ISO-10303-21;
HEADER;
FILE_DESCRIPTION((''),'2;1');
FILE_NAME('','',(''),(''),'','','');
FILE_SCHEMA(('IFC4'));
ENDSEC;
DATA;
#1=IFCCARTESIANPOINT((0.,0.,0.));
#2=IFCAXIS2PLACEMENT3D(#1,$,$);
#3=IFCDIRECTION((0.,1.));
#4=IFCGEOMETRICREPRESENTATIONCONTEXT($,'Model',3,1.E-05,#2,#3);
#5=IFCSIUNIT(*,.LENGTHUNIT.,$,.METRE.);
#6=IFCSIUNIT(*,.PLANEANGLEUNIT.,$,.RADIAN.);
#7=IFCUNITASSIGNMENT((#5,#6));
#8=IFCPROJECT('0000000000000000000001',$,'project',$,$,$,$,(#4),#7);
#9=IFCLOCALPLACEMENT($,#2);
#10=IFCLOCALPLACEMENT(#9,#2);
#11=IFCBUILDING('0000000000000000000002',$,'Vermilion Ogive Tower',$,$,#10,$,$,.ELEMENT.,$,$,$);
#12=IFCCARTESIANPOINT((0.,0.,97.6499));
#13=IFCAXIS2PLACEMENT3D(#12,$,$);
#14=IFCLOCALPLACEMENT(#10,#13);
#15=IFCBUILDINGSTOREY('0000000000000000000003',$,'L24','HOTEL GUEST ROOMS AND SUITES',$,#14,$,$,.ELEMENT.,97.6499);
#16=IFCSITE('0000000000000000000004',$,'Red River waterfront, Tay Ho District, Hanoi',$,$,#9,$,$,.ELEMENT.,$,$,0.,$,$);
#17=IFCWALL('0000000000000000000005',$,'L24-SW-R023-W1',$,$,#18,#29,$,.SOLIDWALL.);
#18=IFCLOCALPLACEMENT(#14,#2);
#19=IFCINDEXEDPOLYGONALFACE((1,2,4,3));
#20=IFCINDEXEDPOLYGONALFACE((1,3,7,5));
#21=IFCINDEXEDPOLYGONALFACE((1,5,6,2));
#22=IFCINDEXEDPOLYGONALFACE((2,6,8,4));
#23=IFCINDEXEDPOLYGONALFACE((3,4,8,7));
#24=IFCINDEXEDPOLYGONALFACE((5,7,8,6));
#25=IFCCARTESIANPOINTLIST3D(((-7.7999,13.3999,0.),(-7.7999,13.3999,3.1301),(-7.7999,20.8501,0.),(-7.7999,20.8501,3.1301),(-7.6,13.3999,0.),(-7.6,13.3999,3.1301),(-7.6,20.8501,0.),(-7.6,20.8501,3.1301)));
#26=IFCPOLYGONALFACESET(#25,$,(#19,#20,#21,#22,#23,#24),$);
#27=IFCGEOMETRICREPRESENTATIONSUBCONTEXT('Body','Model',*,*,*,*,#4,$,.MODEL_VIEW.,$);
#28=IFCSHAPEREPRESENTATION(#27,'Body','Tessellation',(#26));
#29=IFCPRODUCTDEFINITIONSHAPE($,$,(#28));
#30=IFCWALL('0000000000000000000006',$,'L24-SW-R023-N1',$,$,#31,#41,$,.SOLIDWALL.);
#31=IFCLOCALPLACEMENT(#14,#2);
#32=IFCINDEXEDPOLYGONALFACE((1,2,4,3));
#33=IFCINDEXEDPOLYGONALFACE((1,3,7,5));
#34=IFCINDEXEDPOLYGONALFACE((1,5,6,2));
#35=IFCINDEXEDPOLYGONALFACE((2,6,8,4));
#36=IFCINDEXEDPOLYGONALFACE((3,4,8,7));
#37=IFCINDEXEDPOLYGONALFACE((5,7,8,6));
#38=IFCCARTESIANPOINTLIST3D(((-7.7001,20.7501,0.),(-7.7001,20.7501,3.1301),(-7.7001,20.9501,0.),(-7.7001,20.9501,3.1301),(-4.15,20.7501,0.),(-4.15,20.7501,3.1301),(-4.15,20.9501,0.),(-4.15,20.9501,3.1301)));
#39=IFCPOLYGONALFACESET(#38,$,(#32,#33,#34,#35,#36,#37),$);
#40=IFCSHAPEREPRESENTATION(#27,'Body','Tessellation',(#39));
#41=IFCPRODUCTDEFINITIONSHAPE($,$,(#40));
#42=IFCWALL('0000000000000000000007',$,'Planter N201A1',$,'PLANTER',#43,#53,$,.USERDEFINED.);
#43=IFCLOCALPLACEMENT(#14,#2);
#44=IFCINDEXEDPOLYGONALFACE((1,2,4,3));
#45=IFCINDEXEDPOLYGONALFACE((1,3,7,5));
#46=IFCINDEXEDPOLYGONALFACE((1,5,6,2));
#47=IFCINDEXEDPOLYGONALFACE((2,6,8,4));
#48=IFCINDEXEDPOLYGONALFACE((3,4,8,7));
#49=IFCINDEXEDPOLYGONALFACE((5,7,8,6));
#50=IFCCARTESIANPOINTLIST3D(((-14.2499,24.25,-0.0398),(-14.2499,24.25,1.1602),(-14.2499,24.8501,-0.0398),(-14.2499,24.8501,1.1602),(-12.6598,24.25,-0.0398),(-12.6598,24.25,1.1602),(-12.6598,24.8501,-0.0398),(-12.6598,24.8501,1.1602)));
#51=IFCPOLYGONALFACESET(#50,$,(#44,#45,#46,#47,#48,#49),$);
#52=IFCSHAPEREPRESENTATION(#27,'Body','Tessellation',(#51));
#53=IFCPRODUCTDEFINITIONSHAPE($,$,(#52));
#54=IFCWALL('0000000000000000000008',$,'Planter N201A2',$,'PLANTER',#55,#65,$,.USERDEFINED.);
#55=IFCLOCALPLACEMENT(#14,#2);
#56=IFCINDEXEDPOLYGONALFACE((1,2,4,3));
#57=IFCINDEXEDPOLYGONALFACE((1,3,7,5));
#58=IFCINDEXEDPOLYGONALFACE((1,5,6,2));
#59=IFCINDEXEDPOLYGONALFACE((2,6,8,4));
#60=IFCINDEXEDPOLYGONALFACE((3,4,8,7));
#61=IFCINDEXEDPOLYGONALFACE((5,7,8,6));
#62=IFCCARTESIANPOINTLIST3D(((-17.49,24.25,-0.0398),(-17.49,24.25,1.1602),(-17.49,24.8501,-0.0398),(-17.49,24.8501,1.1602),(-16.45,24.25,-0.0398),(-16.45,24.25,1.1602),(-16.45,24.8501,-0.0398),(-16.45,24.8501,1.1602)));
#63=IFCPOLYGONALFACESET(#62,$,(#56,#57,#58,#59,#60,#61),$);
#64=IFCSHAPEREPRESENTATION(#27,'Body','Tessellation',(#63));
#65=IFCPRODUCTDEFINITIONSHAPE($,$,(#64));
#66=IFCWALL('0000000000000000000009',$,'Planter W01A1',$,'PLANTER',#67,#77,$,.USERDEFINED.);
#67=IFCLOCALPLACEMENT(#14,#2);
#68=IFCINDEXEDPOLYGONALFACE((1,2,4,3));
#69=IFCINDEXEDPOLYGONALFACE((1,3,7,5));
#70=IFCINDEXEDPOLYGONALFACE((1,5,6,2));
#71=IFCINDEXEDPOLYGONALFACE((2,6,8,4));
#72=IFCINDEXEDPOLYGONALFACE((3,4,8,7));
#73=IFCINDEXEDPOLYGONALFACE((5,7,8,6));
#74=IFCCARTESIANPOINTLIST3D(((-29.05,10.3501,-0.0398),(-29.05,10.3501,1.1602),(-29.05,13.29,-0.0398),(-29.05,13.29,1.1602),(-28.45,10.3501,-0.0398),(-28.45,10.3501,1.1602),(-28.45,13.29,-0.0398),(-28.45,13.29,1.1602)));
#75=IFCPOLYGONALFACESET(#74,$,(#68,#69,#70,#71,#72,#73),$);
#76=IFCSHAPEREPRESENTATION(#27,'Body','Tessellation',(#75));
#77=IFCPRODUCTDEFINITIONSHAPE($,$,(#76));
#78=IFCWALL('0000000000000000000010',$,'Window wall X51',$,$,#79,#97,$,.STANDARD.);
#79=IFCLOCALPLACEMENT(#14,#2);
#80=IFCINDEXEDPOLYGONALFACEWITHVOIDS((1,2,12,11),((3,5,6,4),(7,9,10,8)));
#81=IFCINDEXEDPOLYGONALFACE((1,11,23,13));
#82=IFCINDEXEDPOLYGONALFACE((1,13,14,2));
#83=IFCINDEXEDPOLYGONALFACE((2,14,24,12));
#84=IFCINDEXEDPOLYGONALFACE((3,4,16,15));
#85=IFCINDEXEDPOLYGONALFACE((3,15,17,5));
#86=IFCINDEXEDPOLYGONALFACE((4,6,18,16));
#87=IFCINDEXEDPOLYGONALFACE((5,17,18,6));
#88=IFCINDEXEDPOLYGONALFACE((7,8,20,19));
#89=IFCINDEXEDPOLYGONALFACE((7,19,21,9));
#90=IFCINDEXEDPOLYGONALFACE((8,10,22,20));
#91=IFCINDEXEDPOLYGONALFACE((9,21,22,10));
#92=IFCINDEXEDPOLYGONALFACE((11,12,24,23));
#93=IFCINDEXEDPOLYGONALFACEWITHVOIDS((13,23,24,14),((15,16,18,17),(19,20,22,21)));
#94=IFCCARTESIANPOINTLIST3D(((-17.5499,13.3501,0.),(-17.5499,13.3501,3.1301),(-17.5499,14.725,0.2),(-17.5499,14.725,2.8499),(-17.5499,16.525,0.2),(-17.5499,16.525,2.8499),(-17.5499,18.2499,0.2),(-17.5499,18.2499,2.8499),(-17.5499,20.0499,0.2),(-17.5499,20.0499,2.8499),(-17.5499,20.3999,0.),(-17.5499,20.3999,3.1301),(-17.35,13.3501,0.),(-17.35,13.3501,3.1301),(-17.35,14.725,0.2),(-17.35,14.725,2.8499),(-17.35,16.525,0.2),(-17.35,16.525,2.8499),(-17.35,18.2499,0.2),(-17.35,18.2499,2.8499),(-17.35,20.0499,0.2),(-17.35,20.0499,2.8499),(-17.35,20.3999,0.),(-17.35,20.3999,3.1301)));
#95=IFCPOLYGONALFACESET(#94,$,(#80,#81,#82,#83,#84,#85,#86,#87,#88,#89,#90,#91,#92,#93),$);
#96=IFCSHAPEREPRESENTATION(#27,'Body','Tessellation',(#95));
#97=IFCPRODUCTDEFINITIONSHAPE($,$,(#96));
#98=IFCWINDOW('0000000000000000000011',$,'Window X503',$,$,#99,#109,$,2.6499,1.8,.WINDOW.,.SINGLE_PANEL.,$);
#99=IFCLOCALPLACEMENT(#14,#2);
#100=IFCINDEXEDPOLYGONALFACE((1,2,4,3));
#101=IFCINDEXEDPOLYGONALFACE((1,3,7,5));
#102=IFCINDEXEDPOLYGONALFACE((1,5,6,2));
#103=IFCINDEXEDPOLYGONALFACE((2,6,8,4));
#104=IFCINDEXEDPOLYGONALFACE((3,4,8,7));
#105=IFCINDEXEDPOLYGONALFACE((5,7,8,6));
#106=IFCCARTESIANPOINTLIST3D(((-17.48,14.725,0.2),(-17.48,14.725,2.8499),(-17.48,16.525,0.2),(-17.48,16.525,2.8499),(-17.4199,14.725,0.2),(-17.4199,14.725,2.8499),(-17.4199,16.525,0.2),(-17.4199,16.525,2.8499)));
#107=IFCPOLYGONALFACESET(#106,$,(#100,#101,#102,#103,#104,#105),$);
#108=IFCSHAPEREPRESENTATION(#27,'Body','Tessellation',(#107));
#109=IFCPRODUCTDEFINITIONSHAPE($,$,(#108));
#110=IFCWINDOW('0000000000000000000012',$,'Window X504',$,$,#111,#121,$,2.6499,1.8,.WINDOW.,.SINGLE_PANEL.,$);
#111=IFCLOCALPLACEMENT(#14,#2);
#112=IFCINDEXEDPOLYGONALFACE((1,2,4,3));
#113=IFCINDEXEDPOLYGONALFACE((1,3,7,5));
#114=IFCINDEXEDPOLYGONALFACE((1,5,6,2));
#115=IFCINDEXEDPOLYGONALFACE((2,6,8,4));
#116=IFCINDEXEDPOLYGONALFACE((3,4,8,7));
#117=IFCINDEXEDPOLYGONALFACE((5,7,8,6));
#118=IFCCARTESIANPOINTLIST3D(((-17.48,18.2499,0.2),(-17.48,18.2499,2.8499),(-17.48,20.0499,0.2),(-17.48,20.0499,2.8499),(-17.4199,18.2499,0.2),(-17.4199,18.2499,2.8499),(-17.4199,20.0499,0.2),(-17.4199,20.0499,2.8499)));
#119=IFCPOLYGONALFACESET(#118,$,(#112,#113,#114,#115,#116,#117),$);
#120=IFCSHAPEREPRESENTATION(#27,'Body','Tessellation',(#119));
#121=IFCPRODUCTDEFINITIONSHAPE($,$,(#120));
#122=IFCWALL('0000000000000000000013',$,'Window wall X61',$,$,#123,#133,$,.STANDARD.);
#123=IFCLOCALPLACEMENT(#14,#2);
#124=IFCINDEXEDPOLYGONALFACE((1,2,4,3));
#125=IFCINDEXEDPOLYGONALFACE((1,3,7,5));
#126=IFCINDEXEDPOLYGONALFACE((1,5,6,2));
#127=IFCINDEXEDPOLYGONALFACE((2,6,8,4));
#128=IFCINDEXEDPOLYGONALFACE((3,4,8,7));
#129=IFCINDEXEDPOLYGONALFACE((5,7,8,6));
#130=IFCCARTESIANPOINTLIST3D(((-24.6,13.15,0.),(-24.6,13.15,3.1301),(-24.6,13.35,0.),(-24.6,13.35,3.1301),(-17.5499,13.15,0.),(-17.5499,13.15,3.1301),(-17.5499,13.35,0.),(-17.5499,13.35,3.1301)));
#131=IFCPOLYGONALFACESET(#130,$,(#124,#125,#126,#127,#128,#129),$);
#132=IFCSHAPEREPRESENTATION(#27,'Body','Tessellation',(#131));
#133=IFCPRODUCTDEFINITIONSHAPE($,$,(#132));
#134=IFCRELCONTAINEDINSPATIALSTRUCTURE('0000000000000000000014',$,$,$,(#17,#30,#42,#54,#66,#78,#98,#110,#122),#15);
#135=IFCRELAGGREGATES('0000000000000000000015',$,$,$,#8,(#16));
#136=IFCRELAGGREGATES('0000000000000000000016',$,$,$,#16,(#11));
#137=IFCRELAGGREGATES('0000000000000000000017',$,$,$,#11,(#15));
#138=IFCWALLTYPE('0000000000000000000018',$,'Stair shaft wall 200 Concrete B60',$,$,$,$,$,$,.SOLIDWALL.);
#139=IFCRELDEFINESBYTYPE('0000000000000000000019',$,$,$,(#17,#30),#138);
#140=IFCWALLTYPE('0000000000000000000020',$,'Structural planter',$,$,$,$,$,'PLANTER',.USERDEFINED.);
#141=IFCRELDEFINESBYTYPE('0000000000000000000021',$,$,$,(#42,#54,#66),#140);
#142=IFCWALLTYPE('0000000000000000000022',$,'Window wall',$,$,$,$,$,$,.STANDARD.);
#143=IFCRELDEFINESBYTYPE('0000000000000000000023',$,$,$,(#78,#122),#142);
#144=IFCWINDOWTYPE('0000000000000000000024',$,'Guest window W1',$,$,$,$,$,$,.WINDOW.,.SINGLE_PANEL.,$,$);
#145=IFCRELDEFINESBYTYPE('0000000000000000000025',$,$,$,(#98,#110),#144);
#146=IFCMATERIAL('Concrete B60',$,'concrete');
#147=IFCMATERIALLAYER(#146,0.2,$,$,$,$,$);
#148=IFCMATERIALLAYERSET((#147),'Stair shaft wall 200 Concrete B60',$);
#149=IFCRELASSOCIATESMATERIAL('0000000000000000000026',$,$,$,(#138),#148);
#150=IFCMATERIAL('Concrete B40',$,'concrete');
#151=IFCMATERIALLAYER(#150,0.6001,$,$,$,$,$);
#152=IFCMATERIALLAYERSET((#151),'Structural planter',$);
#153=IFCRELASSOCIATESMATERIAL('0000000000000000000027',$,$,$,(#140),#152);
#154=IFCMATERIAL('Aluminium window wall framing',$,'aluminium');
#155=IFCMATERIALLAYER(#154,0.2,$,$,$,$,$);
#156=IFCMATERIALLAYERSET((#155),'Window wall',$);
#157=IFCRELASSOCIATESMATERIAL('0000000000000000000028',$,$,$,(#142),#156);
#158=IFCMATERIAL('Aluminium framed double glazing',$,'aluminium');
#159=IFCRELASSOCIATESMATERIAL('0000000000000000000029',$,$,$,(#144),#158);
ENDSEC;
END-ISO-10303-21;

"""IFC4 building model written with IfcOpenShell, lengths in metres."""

from ifc_helpers import new_model, si_unit, direction, frame, frame_2d, origin, place, context, subcontext, project, spatial, rectangle, extrude, material, layer, layer_set, type_object, element, fill, save


model = new_model("IFC4")

# Units and contexts
model_context = context("Model", 3, precision=1e-05, world=origin(), true_north=direction((0.0, 1.0)))
body_context = subcontext(model_context, "Body", "Model", "MODEL_VIEW")
ifc_project = project(units=[si_unit("LENGTHUNIT", "METRE"), si_unit("PLANEANGLEUNIT", "RADIAN")], contexts=[model_context])

# Site, building, storey
site_placement = place(None, origin())
site = spatial("IfcSite", under=ifc_project, at=site_placement, Name="Red River waterfront, Tay Ho District, Hanoi", CompositionType="ELEMENT", RefElevation=0.0)
building_placement = place(site_placement, origin())
building = spatial("IfcBuilding", under=site, at=building_placement, Name="Vermilion Ogive Tower", CompositionType="ELEMENT")
storey_placement = place(building_placement, frame((0.0, 0.0, 97.6499)))
storey = spatial("IfcBuildingStorey", under=building, at=storey_placement, Name="L24", Description="HOTEL GUEST ROOMS AND SUITES", CompositionType="ELEMENT", Elevation=97.6499)

# Shared definitions
ifc_material_1 = material(Name="Concrete B60", Category="concrete")
ifc_layer_1 = layer(ifc_material_1, 0.2)
ifc_layer_set_1 = layer_set([ifc_layer_1], Name="Stair shaft wall 200 Concrete B60")
wall_type_1 = type_object("IfcWallType", Name="Stair shaft wall 200 Concrete B60", PredefinedType="SOLIDWALL", material=ifc_layer_set_1)

# Walls
wall_1_placement = place(storey_placement, frame((-7.7, 13.3999, 0.0), z_axis=(0.0, 0.0, 1.0), x_axis=(0.0, 1.0, 0.0)))
element("IfcWall", 1, at=wall_1_placement, inside=storey, type_object=wall_type_1, Name="L24-SW-R023-W1", PredefinedType="SOLIDWALL", context=body_context, shape_type="SweptSolid", body=[
    extrude(rectangle(XDim=7.4502, YDim=0.2, at=frame_2d((3.7251, 0.0))), origin(), (0.0, 0.0, 1.0), 3.1301),
])
wall_2_placement = place(storey_placement, frame((-7.7, 20.8501, 0.0), z_axis=(0.0, 0.0, 1.0), x_axis=(1.0, 0.0, 0.0)))
element("IfcWall", 2, at=wall_2_placement, inside=storey, type_object=wall_type_1, Name="L24-SW-R023-N1", PredefinedType="SOLIDWALL", context=body_context, shape_type="SweptSolid", body=[
    extrude(rectangle(XDim=3.55, YDim=0.2, at=frame_2d((1.7749, 0.0))), origin(), (0.0, 0.0, 1.0), 3.1301),
])
ifc_material_2 = material(Name="Concrete B40", Category="concrete")
ifc_layer_2 = layer(ifc_material_2, 0.6001)
ifc_layer_set_2 = layer_set([ifc_layer_2], Name="Structural planter")
wall_type_2 = type_object("IfcWallType", Name="Structural planter", ElementType="PLANTER", PredefinedType="USERDEFINED", material=ifc_layer_set_2)
wall_3_placement = place(storey_placement, frame((-12.6599, 24.55, -0.0398), z_axis=(0.0, 0.0, 1.0), x_axis=(-1.0, 0.0, 0.0)))
element("IfcWall", 3, at=wall_3_placement, inside=storey, type_object=wall_type_2, Name="Planter N201A1", ObjectType="PLANTER", PredefinedType="USERDEFINED", context=body_context, shape_type="SweptSolid", body=[
    extrude(rectangle(XDim=1.5901, YDim=0.6001, at=frame_2d((0.7949, 0.0))), origin(), (0.0, 0.0, 1.0), 1.2),
])
wall_4_placement = place(storey_placement, frame((-16.45, 24.55, -0.0398), z_axis=(0.0, 0.0, 1.0), x_axis=(-1.0, 0.0, 0.0)))
element("IfcWall", 4, at=wall_4_placement, inside=storey, type_object=wall_type_2, Name="Planter N201A2", ObjectType="PLANTER", PredefinedType="USERDEFINED", context=body_context, shape_type="SweptSolid", body=[
    extrude(rectangle(XDim=1.04, YDim=0.6001, at=frame_2d((0.52, 0.0))), origin(), (0.0, 0.0, 1.0), 1.2),
])
wall_5_placement = place(storey_placement, frame((-28.75, 13.29, -0.0398), z_axis=(0.0, 0.0, 1.0), x_axis=(0.0, -1.0, 0.0)))
element("IfcWall", 5, at=wall_5_placement, inside=storey, type_object=wall_type_2, Name="Planter W01A1", ObjectType="PLANTER", PredefinedType="USERDEFINED", context=body_context, shape_type="SweptSolid", body=[
    extrude(rectangle(XDim=2.9399, YDim=0.6001, at=frame_2d((1.47, 0.0))), origin(), (0.0, 0.0, 1.0), 1.2),
])

# Shared definitions
ifc_material_3 = material(Name="Aluminium window wall framing", Category="aluminium")
ifc_layer_3 = layer(ifc_material_3, 0.2)
ifc_layer_set_3 = layer_set([ifc_layer_3], Name="Window wall")
wall_type_3 = type_object("IfcWallType", Name="Window wall", PredefinedType="STANDARD", material=ifc_layer_set_3)
ifc_material_4 = material(Name="Aluminium framed double glazing", Category="aluminium")
window_type = type_object("IfcWindowType", Name="Guest window W1", PartitioningType="SINGLE_PANEL", PredefinedType="WINDOW", material=ifc_material_4)

# Wall, openings, windows
wall_6_placement = place(storey_placement, frame((-17.45, 20.3999, 0.0), z_axis=(0.0, 0.0, 1.0), x_axis=(0.0, -1.0, 0.0)))
wall_6 = element("IfcWall", 6, at=wall_6_placement, inside=storey, type_object=wall_type_3, Name="Window wall X51", PredefinedType="STANDARD", context=body_context, shape_type="SweptSolid", body=[
    extrude(rectangle(XDim=7.0498, YDim=0.2, at=frame_2d((3.5249, 0.0))), origin(), (0.0, 0.0, 1.0), 3.1301),
])
opening_1_placement = place(wall_6_placement, frame((3.875, 0.0, 0.2)))
opening_1 = element("IfcOpeningElement", 7, at=opening_1_placement, cuts=wall_6, PredefinedType="OPENING", context=body_context, shape_type="SweptSolid", body=[
    extrude(rectangle(XDim=1.8, YDim=2.6499, at=frame_2d((0.8999, 1.325))), frame((0.0, 0.1099, 0.0), z_axis=(0.0, -1.0, 0.0), x_axis=(1.0, 0.0, 0.0)), (0.0, 0.0, 1.0), 0.22),
])
opening_2_placement = place(wall_6_placement, frame((0.3501, 0.0, 0.2)))
opening_2 = element("IfcOpeningElement", 8, at=opening_2_placement, cuts=wall_6, PredefinedType="OPENING", context=body_context, shape_type="SweptSolid", body=[
    extrude(rectangle(XDim=1.8, YDim=2.6499, at=frame_2d((0.8999, 1.325))), frame((0.0, 0.1099, 0.0), z_axis=(0.0, -1.0, 0.0), x_axis=(1.0, 0.0, 0.0)), (0.0, 0.0, 1.0), 0.22),
])
window_1_placement = place(opening_1_placement, origin())
window_1 = element("IfcWindow", 9, at=window_1_placement, inside=storey, type_object=window_type, Name="Window X503", OverallHeight=2.6499, OverallWidth=1.8, PartitioningType="SINGLE_PANEL", PredefinedType="WINDOW", context=body_context, shape_type="SweptSolid", body=[
    extrude(rectangle(XDim=1.8, YDim=2.6499, at=frame_2d((0.8999, 1.325))), frame((0.0, 0.03, 0.0), z_axis=(0.0, -1.0, 0.0), x_axis=(1.0, 0.0, 0.0)), (0.0, 0.0, 1.0), 0.0601),
])
fill(opening_1, window_1)
window_2_placement = place(opening_2_placement, origin())
window_2 = element("IfcWindow", 10, at=window_2_placement, inside=storey, type_object=window_type, Name="Window X504", OverallHeight=2.6499, OverallWidth=1.8, PartitioningType="SINGLE_PANEL", PredefinedType="WINDOW", context=body_context, shape_type="SweptSolid", body=[
    extrude(rectangle(XDim=1.8, YDim=2.6499, at=frame_2d((0.8999, 1.325))), frame((0.0, 0.03, 0.0), z_axis=(0.0, -1.0, 0.0), x_axis=(1.0, 0.0, 0.0)), (0.0, 0.0, 1.0), 0.0601),
])
fill(opening_2, window_2)

# Wall
wall_7_placement = place(storey_placement, frame((-17.55, 13.25, 0.0), z_axis=(0.0, 0.0, 1.0), x_axis=(-1.0, 0.0, 0.0)))
element("IfcWall", 11, at=wall_7_placement, inside=storey, type_object=wall_type_3, Name="Window wall X61", PredefinedType="STANDARD", context=body_context, shape_type="SweptSolid", body=[
    extrude(rectangle(XDim=7.05, YDim=0.2, at=frame_2d((3.5249, 0.0))), origin(), (0.0, 0.0, 1.0), 3.1301),
])

save(model, "model.ifc")
